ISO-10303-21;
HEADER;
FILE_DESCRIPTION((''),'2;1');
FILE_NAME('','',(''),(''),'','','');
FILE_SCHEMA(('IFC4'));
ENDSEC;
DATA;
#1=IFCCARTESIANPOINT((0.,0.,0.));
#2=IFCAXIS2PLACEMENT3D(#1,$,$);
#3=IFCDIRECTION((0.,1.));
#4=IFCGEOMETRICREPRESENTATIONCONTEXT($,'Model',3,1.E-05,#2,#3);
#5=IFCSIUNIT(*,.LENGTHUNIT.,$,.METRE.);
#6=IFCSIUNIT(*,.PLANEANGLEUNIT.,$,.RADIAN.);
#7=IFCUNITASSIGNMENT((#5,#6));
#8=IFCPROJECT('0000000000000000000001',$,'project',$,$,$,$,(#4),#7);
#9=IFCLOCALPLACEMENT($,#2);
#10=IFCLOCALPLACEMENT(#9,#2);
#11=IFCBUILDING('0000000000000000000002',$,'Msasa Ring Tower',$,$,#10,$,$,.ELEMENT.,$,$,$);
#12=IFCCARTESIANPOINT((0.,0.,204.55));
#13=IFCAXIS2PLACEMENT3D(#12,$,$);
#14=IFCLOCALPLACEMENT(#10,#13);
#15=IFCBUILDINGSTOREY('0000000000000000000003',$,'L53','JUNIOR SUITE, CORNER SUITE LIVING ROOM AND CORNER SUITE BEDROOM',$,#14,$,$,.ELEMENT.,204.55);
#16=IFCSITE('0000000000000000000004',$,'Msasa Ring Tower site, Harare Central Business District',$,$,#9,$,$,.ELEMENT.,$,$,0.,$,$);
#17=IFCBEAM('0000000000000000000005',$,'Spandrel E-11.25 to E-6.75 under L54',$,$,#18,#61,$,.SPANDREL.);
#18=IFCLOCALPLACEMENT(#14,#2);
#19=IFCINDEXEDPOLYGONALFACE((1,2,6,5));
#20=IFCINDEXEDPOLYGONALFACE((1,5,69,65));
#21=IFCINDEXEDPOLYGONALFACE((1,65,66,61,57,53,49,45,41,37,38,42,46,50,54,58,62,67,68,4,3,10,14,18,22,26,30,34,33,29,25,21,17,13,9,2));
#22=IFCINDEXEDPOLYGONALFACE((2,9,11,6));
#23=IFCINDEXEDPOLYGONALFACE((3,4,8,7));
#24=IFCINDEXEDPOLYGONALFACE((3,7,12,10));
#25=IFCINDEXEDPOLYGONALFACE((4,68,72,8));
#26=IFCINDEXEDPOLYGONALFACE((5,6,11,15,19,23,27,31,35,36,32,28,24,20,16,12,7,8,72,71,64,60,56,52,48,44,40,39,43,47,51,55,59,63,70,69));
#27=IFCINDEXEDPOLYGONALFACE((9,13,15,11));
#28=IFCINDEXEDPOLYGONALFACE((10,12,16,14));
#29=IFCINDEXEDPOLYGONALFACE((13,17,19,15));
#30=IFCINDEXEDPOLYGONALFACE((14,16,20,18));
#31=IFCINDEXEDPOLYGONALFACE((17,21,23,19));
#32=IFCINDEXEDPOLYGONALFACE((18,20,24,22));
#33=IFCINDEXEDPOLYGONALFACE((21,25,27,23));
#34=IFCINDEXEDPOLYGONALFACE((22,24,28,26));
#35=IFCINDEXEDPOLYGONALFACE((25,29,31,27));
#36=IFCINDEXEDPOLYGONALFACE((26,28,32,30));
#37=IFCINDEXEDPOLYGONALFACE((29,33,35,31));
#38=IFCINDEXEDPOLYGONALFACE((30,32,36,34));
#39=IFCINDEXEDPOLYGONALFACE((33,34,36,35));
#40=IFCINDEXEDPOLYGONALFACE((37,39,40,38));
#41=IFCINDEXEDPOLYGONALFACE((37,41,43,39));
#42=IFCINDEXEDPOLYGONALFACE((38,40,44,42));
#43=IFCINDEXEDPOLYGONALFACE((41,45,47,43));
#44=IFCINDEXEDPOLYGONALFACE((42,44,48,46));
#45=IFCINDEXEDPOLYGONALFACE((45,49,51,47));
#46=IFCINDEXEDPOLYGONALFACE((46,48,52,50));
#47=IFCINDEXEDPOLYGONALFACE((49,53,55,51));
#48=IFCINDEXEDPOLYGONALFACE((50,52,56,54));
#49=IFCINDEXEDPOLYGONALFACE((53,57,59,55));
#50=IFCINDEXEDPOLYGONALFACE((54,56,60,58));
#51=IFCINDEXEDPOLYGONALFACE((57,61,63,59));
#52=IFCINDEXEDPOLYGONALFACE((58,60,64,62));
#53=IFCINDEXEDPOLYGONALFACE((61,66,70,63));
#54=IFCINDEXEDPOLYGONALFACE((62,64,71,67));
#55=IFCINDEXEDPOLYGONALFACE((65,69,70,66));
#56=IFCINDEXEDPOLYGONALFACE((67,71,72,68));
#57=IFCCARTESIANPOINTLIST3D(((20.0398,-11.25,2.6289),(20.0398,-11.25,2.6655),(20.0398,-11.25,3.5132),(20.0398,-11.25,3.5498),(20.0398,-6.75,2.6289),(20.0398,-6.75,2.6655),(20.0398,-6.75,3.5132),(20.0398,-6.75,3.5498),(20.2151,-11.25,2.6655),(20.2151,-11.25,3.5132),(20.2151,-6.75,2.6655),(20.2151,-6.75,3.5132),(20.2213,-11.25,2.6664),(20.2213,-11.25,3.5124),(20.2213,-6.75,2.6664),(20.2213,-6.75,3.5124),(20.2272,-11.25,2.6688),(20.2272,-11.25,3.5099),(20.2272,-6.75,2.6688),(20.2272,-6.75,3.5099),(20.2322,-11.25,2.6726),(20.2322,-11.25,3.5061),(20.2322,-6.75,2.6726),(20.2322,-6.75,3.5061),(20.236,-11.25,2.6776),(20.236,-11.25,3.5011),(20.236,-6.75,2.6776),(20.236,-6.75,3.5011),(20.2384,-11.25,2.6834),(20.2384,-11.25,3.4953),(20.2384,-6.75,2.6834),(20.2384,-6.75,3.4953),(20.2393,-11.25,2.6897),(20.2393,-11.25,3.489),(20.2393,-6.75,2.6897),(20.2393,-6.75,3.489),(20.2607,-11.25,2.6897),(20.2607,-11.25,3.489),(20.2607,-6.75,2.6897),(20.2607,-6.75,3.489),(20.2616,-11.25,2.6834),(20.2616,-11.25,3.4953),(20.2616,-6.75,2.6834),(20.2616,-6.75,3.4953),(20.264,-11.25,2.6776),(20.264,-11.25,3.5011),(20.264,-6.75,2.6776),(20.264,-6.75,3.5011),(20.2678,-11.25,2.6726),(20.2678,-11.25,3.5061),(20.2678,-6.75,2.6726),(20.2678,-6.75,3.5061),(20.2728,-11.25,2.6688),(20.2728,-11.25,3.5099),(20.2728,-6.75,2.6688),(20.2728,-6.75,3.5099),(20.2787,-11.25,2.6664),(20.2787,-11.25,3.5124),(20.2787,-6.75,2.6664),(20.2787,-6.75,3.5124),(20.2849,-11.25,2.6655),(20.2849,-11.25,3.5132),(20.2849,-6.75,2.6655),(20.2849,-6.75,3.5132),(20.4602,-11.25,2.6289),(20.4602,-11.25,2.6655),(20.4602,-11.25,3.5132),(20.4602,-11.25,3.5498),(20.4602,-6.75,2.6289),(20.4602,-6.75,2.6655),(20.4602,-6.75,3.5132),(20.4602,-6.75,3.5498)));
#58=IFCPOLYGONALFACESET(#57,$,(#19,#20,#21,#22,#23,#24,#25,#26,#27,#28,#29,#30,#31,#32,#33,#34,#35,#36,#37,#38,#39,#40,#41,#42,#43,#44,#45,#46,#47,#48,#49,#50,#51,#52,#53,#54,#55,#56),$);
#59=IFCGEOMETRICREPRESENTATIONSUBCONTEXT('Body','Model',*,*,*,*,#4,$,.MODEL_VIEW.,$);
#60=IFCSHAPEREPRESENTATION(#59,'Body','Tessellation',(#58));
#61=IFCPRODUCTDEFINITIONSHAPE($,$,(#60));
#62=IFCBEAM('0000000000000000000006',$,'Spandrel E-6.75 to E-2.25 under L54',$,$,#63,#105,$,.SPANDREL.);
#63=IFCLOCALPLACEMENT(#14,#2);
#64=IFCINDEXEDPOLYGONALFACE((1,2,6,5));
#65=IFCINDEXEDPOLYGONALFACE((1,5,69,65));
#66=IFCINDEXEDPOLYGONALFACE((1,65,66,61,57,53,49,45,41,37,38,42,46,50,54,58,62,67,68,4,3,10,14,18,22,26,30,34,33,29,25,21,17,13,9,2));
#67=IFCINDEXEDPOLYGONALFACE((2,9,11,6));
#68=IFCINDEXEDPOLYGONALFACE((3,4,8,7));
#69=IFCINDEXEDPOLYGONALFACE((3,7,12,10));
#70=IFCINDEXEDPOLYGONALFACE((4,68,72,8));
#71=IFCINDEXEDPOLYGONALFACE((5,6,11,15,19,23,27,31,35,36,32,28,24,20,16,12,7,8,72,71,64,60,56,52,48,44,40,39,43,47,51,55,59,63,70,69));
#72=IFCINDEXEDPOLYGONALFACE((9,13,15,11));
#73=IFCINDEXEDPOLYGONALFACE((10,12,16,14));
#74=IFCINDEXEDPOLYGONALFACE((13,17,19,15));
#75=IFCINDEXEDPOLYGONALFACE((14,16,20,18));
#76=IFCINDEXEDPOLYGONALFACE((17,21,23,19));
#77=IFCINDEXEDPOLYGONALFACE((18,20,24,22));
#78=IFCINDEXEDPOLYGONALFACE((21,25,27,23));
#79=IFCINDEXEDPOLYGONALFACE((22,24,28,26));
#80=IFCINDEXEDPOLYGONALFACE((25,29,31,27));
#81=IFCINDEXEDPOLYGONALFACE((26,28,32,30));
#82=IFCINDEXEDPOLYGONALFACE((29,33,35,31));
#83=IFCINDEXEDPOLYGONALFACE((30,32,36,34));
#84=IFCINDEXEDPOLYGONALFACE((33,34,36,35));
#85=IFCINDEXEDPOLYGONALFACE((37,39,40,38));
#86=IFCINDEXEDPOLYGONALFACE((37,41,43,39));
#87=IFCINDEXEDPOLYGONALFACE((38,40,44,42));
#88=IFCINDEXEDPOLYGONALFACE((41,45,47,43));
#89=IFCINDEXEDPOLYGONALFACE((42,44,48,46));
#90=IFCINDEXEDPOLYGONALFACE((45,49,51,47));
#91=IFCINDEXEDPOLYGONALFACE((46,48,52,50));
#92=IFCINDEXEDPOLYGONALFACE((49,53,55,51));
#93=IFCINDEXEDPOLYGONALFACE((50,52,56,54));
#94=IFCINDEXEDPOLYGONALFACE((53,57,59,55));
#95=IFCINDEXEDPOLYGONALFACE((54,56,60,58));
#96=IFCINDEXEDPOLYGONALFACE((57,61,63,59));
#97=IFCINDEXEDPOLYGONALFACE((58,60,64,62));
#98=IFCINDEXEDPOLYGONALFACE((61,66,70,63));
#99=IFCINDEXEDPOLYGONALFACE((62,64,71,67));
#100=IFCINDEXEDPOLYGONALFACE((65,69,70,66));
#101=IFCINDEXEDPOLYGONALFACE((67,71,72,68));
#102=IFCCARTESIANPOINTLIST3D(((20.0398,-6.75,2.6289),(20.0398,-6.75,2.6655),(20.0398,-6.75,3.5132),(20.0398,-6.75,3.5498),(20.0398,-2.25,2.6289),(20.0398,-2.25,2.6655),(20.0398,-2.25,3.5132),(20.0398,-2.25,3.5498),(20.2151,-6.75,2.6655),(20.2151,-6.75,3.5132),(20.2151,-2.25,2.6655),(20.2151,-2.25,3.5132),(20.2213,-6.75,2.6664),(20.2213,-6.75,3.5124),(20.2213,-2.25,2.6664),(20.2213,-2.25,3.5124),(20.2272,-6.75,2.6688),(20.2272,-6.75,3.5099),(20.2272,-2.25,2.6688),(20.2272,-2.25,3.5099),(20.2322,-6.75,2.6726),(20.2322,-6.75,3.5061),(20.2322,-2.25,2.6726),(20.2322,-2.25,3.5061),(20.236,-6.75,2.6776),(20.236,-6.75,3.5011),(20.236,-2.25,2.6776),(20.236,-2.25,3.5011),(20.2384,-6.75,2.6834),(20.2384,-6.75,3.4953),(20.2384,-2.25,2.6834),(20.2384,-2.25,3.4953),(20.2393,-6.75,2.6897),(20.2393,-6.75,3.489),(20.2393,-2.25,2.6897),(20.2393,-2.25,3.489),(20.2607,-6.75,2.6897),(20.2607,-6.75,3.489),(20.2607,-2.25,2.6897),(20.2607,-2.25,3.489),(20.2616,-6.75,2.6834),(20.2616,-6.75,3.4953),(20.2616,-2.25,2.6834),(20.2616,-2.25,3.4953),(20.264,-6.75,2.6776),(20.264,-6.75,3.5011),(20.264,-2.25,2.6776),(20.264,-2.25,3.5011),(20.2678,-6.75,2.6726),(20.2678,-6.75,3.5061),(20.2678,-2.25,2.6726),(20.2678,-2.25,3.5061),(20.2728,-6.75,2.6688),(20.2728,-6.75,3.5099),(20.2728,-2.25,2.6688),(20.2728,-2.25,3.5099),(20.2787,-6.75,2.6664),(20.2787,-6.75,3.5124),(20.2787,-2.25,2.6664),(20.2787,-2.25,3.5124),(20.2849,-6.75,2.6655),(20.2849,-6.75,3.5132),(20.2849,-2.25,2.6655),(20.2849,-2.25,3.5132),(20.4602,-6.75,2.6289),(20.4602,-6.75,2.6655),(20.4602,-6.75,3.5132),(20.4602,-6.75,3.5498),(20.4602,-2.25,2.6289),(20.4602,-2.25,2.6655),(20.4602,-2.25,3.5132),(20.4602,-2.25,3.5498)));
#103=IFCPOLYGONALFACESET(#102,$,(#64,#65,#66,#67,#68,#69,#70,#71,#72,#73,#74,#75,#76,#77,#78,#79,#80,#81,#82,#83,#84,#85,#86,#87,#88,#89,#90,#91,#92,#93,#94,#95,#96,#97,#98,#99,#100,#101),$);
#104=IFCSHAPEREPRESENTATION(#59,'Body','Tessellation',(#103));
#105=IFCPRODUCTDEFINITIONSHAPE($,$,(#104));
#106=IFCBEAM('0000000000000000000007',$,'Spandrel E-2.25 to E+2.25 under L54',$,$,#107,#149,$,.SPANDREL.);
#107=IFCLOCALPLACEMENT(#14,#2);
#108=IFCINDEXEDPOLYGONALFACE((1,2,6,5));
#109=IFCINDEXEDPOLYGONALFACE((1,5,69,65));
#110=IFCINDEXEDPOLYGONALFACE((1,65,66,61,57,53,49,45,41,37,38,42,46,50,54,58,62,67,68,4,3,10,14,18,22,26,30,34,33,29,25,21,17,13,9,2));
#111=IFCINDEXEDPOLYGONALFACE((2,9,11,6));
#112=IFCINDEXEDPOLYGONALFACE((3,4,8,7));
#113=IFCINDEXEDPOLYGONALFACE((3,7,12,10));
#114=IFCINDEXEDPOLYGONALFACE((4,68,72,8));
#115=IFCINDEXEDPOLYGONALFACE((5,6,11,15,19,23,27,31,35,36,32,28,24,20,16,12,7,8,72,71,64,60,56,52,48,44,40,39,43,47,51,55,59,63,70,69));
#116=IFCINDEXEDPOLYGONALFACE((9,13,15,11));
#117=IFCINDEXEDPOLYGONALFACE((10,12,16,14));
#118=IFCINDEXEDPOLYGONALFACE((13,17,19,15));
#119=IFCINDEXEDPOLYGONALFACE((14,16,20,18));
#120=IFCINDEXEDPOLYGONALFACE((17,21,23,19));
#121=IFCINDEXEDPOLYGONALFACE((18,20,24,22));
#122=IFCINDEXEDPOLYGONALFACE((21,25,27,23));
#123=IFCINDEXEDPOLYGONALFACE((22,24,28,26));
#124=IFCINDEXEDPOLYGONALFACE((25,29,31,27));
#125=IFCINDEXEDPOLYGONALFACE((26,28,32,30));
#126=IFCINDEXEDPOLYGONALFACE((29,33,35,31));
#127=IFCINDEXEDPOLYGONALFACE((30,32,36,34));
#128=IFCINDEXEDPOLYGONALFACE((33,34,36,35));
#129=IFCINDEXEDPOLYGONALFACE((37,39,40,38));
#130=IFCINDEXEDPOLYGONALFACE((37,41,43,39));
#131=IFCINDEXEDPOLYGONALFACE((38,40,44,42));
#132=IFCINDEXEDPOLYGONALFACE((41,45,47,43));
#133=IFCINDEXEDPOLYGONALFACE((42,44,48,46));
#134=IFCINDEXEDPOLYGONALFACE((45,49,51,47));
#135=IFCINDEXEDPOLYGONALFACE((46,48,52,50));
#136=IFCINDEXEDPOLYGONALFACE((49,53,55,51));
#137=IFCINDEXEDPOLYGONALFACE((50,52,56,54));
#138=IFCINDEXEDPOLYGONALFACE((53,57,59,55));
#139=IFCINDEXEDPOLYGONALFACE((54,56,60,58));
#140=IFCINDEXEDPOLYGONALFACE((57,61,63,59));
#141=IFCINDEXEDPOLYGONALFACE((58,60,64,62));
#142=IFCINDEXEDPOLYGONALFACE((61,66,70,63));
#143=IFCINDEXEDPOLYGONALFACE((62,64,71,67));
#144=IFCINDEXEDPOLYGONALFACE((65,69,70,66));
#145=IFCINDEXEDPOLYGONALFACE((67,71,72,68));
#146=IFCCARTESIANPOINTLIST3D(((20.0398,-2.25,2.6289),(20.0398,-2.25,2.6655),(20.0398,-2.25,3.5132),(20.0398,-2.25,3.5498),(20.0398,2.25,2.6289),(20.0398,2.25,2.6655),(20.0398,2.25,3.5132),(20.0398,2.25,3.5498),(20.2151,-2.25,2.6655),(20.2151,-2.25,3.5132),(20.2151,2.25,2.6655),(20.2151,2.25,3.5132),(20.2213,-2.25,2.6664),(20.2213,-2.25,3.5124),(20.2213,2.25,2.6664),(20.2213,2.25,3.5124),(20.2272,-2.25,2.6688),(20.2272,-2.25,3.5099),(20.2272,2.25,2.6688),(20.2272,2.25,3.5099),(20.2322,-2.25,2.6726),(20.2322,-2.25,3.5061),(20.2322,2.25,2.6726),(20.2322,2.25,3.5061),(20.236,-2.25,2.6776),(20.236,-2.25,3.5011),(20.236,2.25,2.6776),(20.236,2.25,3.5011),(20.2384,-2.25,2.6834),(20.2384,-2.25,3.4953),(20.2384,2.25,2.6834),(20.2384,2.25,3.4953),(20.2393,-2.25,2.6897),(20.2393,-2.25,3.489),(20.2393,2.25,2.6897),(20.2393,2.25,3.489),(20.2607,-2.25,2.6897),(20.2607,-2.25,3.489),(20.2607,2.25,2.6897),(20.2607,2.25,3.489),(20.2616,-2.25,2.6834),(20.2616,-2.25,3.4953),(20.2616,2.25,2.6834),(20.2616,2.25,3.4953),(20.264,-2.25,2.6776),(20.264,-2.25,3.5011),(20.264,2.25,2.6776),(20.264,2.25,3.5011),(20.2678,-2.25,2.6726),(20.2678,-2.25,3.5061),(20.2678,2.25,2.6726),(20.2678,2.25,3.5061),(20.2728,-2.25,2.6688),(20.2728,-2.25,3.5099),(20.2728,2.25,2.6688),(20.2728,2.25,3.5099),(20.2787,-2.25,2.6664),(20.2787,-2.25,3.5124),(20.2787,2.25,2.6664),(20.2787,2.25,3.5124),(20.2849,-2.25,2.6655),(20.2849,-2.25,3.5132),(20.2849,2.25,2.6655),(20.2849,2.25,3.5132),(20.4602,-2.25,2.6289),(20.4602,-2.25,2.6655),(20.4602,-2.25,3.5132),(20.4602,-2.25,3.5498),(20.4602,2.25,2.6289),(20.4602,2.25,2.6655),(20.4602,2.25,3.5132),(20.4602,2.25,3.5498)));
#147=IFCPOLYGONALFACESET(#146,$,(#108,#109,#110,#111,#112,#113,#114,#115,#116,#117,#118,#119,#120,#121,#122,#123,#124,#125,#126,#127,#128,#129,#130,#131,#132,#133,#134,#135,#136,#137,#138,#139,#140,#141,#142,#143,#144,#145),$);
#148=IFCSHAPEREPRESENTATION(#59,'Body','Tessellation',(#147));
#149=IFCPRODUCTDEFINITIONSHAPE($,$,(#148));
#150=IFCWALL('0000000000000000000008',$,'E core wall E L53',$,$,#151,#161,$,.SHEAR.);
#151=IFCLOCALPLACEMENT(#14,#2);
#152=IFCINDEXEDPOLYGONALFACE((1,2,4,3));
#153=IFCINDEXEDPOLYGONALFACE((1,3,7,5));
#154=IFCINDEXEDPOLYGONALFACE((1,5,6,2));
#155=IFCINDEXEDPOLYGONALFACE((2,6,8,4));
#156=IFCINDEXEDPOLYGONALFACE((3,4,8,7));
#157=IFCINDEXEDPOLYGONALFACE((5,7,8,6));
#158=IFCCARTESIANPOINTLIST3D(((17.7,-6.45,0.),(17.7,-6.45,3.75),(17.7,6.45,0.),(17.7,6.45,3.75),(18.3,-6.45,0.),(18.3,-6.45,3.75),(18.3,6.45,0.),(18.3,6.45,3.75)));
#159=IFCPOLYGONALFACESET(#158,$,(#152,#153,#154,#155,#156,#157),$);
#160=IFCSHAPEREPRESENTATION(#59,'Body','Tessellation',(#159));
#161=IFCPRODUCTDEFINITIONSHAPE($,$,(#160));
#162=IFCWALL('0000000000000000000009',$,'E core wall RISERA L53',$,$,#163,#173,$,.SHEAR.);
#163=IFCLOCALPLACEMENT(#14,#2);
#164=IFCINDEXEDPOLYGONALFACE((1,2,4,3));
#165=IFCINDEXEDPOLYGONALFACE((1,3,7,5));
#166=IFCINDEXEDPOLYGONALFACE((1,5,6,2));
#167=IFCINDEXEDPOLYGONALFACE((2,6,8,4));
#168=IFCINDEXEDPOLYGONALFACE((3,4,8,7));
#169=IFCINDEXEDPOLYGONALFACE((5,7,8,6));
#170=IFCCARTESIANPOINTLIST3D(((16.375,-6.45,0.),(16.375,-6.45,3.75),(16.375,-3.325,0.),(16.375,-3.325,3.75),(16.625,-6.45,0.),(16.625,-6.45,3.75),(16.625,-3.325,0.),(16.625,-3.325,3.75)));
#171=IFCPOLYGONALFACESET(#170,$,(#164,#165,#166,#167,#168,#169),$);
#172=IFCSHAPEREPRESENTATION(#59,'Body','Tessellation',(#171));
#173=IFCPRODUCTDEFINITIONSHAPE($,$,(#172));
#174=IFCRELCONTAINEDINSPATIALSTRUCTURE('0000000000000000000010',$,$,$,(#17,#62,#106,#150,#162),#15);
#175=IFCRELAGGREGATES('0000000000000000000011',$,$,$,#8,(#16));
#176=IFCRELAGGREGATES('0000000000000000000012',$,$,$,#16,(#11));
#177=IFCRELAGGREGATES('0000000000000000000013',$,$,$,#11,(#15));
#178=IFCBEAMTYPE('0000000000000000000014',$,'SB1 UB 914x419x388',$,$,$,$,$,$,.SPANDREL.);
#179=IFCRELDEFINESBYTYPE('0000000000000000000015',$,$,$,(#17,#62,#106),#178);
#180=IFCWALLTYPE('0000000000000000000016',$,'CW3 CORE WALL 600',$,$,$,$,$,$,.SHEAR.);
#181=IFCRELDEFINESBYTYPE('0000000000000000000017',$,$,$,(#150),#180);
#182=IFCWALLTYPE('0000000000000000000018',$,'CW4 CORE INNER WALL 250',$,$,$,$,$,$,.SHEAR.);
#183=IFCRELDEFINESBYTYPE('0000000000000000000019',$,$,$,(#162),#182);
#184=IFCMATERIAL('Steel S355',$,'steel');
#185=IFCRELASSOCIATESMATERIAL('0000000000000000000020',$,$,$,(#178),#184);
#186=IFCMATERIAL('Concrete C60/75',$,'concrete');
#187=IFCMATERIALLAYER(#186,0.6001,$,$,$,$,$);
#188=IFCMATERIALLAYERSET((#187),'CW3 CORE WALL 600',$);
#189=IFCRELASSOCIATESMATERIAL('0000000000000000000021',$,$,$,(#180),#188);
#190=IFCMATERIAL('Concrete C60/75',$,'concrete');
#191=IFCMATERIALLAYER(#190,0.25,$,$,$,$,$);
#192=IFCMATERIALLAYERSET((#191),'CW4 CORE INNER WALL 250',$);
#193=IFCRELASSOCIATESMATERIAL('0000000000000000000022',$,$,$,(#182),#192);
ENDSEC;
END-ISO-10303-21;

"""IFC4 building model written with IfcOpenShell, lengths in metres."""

from ifc_helpers import new_model, si_unit, direction, frame, frame_2d, origin, origin_2d, place, context, subcontext, project, spatial, rectangle, i_section, extrude, material, layer, layer_set, material_profile, profile_set, type_object, element, save


model = new_model("IFC4")

# Units and contexts
model_context = context("Model", 3, precision=1e-05, world=origin(), true_north=direction((0.0, 1.0)))
body_context = subcontext(model_context, "Body", "Model", "MODEL_VIEW")
ifc_project = project(units=[si_unit("LENGTHUNIT", "METRE"), si_unit("PLANEANGLEUNIT", "RADIAN")], contexts=[model_context])

# Site, building, storey
site_placement = place(None, origin())
site = spatial("IfcSite", under=ifc_project, at=site_placement, Name="Msasa Ring Tower site, Harare Central Business District", CompositionType="ELEMENT", RefElevation=0.0)
building_placement = place(site_placement, origin())
building = spatial("IfcBuilding", under=site, at=building_placement, Name="Msasa Ring Tower", CompositionType="ELEMENT")
storey_placement = place(building_placement, frame((0.0, 0.0, 204.55)))
storey = spatial("IfcBuildingStorey", under=building, at=storey_placement, Name="L53", Description="JUNIOR SUITE, CORNER SUITE LIVING ROOM AND CORNER SUITE BEDROOM", CompositionType="ELEMENT", Elevation=204.55)

# Beams
ifc_material_1 = material(Name="Steel S355", Category="steel")
ifc_material_profile_1 = material_profile(ifc_material_1, i_section(OverallWidth=0.4204, OverallDepth=0.9209, WebThickness=0.0215, FlangeThickness=0.0366, FilletRadius=0.0242, at=origin_2d()), Name="UB 914x419x388")
ifc_profile_set_1 = profile_set([ifc_material_profile_1], Name="Steel S355")
beam_type_1 = type_object("IfcBeamType", Name="SB1 UB 914x419x388", PredefinedType="SPANDREL", material=ifc_profile_set_1)
for number, where, z_axis, x_axis, name in (
    (1, (20.25, -11.25, 3.0894), (0.0, 1.0, 0.0), (-1.0, 0.0, 0.0), "Spandrel E-11.25 to E-6.75 under L54"),
    (2, (20.25, -6.75, 3.0894), (0.0, 1.0, 0.0), (-1.0, 0.0, 0.0), "Spandrel E-6.75 to E-2.25 under L54"),
    (3, (20.25, -2.25, 3.0894), (0.0, 1.0, 0.0), (-1.0, 0.0, 0.0), "Spandrel E-2.25 to E+2.25 under L54"),
):
    element("IfcBeam", number, at=place(storey_placement, frame(where, z_axis=z_axis, x_axis=x_axis)), inside=storey, type_object=beam_type_1, Name=name, PredefinedType="SPANDREL", context=body_context, shape_type="SweptSolid", body=[
        extrude(i_section(OverallWidth=0.4204, OverallDepth=0.9209, WebThickness=0.0215, FlangeThickness=0.0366, FilletRadius=0.0242, at=origin_2d()), origin(), (0.0, 0.0, 1.0), 4.5),
    ])

# Walls
ifc_material_2 = material(Name="Concrete C60/75", Category="concrete")
ifc_layer_1 = layer(ifc_material_2, 0.6001)
ifc_layer_set_1 = layer_set([ifc_layer_1], Name="CW3 CORE WALL 600")
wall_type_1 = type_object("IfcWallType", Name="CW3 CORE WALL 600", PredefinedType="SHEAR", material=ifc_layer_set_1)
wall_1_placement = place(storey_placement, frame((18.0, -6.45, 0.0), z_axis=(0.0, 0.0, 1.0), x_axis=(0.0, 1.0, 0.0)))
element("IfcWall", 4, at=wall_1_placement, inside=storey, type_object=wall_type_1, Name="E core wall E L53", PredefinedType="SHEAR", context=body_context, shape_type="SweptSolid", body=[
    extrude(rectangle(XDim=12.8999, YDim=0.6001, at=frame_2d((6.45, 0.0))), origin(), (0.0, 0.0, 1.0), 3.75),
])
ifc_material_3 = material(Name="Concrete C60/75", Category="concrete")
ifc_layer_2 = layer(ifc_material_3, 0.25)
ifc_layer_set_2 = layer_set([ifc_layer_2], Name="CW4 CORE INNER WALL 250")
wall_type_2 = type_object("IfcWallType", Name="CW4 CORE INNER WALL 250", PredefinedType="SHEAR", material=ifc_layer_set_2)
wall_2_placement = place(storey_placement, frame((16.5, -6.45, 0.0), z_axis=(0.0, 0.0, 1.0), x_axis=(0.0, 1.0, 0.0)))
element("IfcWall", 5, at=wall_2_placement, inside=storey, type_object=wall_type_2, Name="E core wall RISERA L53", PredefinedType="SHEAR", context=body_context, shape_type="SweptSolid", body=[
    extrude(rectangle(XDim=3.125, YDim=0.25, at=frame_2d((1.5625, 0.0))), origin(), (0.0, 0.0, 1.0), 3.75),
])

save(model, "model.ifc")
